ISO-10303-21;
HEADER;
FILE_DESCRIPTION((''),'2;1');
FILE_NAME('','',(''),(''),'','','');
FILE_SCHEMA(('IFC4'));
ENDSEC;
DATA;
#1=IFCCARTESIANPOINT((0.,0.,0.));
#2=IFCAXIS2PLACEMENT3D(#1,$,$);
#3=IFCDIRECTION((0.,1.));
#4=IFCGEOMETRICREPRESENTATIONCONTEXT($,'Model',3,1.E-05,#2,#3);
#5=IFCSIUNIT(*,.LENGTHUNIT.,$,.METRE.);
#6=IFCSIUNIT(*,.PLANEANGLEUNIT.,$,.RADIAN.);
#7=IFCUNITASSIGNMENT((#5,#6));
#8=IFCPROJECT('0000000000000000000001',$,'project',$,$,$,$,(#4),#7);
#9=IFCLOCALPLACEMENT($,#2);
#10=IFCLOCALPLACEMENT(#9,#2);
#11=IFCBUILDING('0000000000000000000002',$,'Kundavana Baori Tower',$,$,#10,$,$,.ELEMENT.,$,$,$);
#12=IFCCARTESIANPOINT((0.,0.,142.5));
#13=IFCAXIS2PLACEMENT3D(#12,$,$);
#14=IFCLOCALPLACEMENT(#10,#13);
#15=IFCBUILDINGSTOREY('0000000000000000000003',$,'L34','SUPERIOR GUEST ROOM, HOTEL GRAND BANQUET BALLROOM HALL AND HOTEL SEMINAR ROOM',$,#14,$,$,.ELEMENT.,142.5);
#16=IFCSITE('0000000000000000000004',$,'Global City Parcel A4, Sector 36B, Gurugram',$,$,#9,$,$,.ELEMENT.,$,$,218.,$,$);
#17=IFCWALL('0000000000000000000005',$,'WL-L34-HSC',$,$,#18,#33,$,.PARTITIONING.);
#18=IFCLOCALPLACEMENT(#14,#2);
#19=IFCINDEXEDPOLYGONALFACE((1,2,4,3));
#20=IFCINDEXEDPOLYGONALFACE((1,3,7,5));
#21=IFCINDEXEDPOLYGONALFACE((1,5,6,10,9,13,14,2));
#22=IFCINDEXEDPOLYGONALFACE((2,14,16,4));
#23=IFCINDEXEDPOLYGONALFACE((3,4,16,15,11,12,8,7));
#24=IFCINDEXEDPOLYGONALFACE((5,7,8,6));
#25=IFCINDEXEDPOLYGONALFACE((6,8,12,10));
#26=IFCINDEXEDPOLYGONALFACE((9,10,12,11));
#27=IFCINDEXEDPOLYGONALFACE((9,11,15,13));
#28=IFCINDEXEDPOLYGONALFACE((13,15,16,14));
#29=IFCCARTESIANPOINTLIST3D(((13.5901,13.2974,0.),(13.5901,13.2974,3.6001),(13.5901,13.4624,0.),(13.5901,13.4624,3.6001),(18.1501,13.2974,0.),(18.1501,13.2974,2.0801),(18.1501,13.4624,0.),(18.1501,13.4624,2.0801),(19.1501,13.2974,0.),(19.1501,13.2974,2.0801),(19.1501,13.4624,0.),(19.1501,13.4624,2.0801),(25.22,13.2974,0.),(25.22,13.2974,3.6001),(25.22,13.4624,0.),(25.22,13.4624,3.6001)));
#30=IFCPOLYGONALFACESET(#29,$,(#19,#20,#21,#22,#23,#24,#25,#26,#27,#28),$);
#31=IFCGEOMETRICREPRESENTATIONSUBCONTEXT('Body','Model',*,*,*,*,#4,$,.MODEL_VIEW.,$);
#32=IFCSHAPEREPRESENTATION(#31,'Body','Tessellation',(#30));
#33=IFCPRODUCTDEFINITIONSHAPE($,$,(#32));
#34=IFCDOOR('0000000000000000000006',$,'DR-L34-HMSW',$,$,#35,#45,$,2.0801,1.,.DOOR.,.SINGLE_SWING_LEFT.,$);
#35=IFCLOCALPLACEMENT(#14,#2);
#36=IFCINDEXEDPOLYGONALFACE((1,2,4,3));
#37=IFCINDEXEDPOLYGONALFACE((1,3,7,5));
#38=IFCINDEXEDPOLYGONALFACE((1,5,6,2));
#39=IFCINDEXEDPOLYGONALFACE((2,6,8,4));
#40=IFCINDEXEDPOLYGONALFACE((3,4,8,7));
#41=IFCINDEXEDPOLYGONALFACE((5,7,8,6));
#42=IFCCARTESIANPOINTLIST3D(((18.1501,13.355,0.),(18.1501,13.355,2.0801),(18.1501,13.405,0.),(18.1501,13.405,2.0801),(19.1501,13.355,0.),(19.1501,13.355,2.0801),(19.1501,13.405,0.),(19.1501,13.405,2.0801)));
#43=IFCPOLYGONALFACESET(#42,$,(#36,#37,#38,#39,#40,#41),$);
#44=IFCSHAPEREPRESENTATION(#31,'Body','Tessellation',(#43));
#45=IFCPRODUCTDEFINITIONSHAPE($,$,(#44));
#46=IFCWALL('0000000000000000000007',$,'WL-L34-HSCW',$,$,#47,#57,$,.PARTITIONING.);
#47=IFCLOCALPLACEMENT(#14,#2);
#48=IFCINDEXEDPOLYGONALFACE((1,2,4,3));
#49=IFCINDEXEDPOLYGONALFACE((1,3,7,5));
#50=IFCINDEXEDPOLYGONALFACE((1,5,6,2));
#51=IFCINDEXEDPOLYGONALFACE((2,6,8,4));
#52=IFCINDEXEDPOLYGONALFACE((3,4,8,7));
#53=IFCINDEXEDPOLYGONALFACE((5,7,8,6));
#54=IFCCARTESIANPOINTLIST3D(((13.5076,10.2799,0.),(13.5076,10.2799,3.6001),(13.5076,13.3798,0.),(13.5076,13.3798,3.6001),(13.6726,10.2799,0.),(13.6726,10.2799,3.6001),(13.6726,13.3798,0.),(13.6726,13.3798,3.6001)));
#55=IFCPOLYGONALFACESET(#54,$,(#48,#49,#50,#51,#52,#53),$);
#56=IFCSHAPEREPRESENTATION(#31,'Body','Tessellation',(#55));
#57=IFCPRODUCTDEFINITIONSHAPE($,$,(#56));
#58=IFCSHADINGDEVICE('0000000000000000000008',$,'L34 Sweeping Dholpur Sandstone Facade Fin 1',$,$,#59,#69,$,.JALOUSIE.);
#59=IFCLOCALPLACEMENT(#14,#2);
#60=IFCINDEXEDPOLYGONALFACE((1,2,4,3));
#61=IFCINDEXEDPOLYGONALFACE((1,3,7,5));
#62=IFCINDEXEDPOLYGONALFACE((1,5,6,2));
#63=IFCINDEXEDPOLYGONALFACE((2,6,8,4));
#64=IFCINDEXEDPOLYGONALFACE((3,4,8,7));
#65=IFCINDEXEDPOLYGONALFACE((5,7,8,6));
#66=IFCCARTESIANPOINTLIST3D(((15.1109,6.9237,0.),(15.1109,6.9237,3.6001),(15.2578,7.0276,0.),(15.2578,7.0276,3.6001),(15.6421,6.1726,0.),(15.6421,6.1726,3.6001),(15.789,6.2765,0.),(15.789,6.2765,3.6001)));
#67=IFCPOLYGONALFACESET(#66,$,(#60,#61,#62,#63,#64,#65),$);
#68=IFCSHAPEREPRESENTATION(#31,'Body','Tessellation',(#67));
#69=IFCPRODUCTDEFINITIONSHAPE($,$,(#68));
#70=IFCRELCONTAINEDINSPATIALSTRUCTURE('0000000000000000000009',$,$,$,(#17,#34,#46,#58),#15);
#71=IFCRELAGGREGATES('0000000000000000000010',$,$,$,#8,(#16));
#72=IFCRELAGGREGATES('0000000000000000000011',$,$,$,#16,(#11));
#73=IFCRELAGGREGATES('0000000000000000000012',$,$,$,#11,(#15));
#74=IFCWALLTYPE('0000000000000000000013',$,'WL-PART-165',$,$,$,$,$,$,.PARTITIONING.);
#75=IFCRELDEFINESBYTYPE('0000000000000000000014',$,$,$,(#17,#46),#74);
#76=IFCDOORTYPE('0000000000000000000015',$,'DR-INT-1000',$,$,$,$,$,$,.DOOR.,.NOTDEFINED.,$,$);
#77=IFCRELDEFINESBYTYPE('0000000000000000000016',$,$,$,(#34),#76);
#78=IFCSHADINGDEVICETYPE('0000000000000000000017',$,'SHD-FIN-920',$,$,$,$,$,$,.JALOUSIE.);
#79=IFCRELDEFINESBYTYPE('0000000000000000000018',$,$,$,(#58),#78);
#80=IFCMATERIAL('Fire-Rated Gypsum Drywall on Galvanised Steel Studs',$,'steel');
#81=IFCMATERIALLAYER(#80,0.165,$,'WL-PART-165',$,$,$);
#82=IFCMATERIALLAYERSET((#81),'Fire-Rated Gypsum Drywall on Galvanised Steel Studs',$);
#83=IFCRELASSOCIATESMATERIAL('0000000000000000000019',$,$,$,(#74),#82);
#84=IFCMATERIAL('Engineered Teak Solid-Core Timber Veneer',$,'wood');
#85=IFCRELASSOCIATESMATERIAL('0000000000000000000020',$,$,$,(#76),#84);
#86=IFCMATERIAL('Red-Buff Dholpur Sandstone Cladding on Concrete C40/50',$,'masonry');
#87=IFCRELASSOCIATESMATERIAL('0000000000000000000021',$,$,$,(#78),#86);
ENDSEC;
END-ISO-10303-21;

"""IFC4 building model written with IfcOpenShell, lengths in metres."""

from ifc_helpers import new_model, si_unit, direction, frame, frame_2d, origin, origin_2d, place, context, subcontext, project, spatial, rectangle, extrude, material, layer, layer_set, type_object, element, fill, save


model = new_model("IFC4")

# Units and contexts
model_context = context("Model", 3, precision=1e-05, world=origin(), true_north=direction((0.0, 1.0)))
body_context = subcontext(model_context, "Body", "Model", "MODEL_VIEW")
ifc_project = project(units=[si_unit("LENGTHUNIT", "METRE"), si_unit("PLANEANGLEUNIT", "RADIAN")], contexts=[model_context])

# Site, building, storey
site_placement = place(None, origin())
site = spatial("IfcSite", under=ifc_project, at=site_placement, Name="Global City Parcel A4, Sector 36B, Gurugram", CompositionType="ELEMENT", RefElevation=218.0)
building_placement = place(site_placement, origin())
building = spatial("IfcBuilding", under=site, at=building_placement, Name="Kundavana Baori Tower", CompositionType="ELEMENT")
storey_placement = place(building_placement, frame((0.0, 0.0, 142.5)))
storey = spatial("IfcBuildingStorey", under=building, at=storey_placement, Name="L34", Description="SUPERIOR GUEST ROOM, HOTEL GRAND BANQUET BALLROOM HALL AND HOTEL SEMINAR ROOM", CompositionType="ELEMENT", Elevation=142.5)

# Shared definitions
ifc_material_1 = material(Name="Fire-Rated Gypsum Drywall on Galvanised Steel Studs", Category="steel")
ifc_layer_1 = layer(ifc_material_1, 0.165, Name="WL-PART-165")
ifc_layer_set_1 = layer_set([ifc_layer_1], Name="Fire-Rated Gypsum Drywall on Galvanised Steel Studs")
wall_type_1 = type_object("IfcWallType", Name="WL-PART-165", PredefinedType="PARTITIONING", material=ifc_layer_set_1)

# Wall, opening, door
wall_1_placement = place(storey_placement, frame((13.5901, 13.3799, 0.0), z_axis=(0.0, 0.0, 1.0), x_axis=(1.0, 0.0, 0.0)))
wall_1 = element("IfcWall", 1, at=wall_1_placement, inside=storey, type_object=wall_type_1, Name="WL-L34-HSC", PredefinedType="PARTITIONING", context=body_context, shape_type="SweptSolid", body=[
    extrude(rectangle(XDim=11.6299, YDim=0.165, at=frame_2d((5.8149, 0.0))), origin(), (0.0, 0.0, 1.0), 3.6001),
])
opening_1_placement = place(wall_1_placement, frame((4.5601, 0.0, 0.0)))
opening_1 = element("IfcOpeningElement", 2, at=opening_1_placement, cuts=wall_1, PredefinedType="OPENING", context=body_context, shape_type="SweptSolid", body=[
    extrude(rectangle(XDim=1.0, YDim=2.0801, at=frame_2d((0.5, 1.04))), frame((0.0, 0.0925, 0.0), z_axis=(0.0, -1.0, 0.0), x_axis=(1.0, 0.0, 0.0)), (0.0, 0.0, 1.0), 0.1851),
])
ifc_material_2 = material(Name="Engineered Teak Solid-Core Timber Veneer", Category="wood")
door_type_1 = type_object("IfcDoorType", Name="DR-INT-1000", OperationType="NOTDEFINED", PredefinedType="DOOR", material=ifc_material_2)
door_1_placement = place(opening_1_placement, frame((1.0, 0.0, 0.0), z_axis=(0.0, 0.0, 1.0), x_axis=(-1.0, 0.0, 0.0)))
door_1 = element("IfcDoor", 3, at=door_1_placement, inside=storey, type_object=door_type_1, Name="DR-L34-HMSW", OperationType="SINGLE_SWING_LEFT", OverallHeight=2.0801, OverallWidth=1.0, PredefinedType="DOOR", context=body_context, shape_type="SweptSolid", body=[
    extrude(rectangle(XDim=1.0, YDim=2.0801, at=frame_2d((0.5, 1.04))), frame((0.0, 0.0249, 0.0), z_axis=(0.0, -1.0, 0.0), x_axis=(1.0, 0.0, 0.0)), (0.0, 0.0, 1.0), 0.05),
])
fill(opening_1, door_1)

# Wall
wall_2_placement = place(storey_placement, frame((13.5901, 10.28, 0.0), z_axis=(0.0, 0.0, 1.0), x_axis=(0.0, 1.0, 0.0)))
element("IfcWall", 4, at=wall_2_placement, inside=storey, type_object=wall_type_1, Name="WL-L34-HSCW", PredefinedType="PARTITIONING", context=body_context, shape_type="SweptSolid", body=[
    extrude(rectangle(XDim=3.0999, YDim=0.165, at=frame_2d((1.5498, 0.0))), origin(), (0.0, 0.0, 1.0), 3.6001),
])

# Shading device
ifc_material_3 = material(Name="Red-Buff Dholpur Sandstone Cladding on Concrete C40/50", Category="masonry")
shading_device_type = type_object("IfcShadingDeviceType", Name="SHD-FIN-920", PredefinedType="JALOUSIE", material=ifc_material_3)
shading_device_placement = place(storey_placement, frame((15.45, 6.6001, 0.0), z_axis=(0.0, 0.0, 1.0), x_axis=(0.81644, 0.57743, 0.0)))
element("IfcShadingDevice", 5, at=shading_device_placement, inside=storey, type_object=shading_device_type, Name="L34 Sweeping Dholpur Sandstone Facade Fin 1", PredefinedType="JALOUSIE", context=body_context, shape_type="SweptSolid", body=[
    extrude(rectangle(XDim=0.1799, YDim=0.9199, at=origin_2d()), origin(), (0.0, 0.0, 1.0), 3.6001),
])

save(model, "model.ifc")
